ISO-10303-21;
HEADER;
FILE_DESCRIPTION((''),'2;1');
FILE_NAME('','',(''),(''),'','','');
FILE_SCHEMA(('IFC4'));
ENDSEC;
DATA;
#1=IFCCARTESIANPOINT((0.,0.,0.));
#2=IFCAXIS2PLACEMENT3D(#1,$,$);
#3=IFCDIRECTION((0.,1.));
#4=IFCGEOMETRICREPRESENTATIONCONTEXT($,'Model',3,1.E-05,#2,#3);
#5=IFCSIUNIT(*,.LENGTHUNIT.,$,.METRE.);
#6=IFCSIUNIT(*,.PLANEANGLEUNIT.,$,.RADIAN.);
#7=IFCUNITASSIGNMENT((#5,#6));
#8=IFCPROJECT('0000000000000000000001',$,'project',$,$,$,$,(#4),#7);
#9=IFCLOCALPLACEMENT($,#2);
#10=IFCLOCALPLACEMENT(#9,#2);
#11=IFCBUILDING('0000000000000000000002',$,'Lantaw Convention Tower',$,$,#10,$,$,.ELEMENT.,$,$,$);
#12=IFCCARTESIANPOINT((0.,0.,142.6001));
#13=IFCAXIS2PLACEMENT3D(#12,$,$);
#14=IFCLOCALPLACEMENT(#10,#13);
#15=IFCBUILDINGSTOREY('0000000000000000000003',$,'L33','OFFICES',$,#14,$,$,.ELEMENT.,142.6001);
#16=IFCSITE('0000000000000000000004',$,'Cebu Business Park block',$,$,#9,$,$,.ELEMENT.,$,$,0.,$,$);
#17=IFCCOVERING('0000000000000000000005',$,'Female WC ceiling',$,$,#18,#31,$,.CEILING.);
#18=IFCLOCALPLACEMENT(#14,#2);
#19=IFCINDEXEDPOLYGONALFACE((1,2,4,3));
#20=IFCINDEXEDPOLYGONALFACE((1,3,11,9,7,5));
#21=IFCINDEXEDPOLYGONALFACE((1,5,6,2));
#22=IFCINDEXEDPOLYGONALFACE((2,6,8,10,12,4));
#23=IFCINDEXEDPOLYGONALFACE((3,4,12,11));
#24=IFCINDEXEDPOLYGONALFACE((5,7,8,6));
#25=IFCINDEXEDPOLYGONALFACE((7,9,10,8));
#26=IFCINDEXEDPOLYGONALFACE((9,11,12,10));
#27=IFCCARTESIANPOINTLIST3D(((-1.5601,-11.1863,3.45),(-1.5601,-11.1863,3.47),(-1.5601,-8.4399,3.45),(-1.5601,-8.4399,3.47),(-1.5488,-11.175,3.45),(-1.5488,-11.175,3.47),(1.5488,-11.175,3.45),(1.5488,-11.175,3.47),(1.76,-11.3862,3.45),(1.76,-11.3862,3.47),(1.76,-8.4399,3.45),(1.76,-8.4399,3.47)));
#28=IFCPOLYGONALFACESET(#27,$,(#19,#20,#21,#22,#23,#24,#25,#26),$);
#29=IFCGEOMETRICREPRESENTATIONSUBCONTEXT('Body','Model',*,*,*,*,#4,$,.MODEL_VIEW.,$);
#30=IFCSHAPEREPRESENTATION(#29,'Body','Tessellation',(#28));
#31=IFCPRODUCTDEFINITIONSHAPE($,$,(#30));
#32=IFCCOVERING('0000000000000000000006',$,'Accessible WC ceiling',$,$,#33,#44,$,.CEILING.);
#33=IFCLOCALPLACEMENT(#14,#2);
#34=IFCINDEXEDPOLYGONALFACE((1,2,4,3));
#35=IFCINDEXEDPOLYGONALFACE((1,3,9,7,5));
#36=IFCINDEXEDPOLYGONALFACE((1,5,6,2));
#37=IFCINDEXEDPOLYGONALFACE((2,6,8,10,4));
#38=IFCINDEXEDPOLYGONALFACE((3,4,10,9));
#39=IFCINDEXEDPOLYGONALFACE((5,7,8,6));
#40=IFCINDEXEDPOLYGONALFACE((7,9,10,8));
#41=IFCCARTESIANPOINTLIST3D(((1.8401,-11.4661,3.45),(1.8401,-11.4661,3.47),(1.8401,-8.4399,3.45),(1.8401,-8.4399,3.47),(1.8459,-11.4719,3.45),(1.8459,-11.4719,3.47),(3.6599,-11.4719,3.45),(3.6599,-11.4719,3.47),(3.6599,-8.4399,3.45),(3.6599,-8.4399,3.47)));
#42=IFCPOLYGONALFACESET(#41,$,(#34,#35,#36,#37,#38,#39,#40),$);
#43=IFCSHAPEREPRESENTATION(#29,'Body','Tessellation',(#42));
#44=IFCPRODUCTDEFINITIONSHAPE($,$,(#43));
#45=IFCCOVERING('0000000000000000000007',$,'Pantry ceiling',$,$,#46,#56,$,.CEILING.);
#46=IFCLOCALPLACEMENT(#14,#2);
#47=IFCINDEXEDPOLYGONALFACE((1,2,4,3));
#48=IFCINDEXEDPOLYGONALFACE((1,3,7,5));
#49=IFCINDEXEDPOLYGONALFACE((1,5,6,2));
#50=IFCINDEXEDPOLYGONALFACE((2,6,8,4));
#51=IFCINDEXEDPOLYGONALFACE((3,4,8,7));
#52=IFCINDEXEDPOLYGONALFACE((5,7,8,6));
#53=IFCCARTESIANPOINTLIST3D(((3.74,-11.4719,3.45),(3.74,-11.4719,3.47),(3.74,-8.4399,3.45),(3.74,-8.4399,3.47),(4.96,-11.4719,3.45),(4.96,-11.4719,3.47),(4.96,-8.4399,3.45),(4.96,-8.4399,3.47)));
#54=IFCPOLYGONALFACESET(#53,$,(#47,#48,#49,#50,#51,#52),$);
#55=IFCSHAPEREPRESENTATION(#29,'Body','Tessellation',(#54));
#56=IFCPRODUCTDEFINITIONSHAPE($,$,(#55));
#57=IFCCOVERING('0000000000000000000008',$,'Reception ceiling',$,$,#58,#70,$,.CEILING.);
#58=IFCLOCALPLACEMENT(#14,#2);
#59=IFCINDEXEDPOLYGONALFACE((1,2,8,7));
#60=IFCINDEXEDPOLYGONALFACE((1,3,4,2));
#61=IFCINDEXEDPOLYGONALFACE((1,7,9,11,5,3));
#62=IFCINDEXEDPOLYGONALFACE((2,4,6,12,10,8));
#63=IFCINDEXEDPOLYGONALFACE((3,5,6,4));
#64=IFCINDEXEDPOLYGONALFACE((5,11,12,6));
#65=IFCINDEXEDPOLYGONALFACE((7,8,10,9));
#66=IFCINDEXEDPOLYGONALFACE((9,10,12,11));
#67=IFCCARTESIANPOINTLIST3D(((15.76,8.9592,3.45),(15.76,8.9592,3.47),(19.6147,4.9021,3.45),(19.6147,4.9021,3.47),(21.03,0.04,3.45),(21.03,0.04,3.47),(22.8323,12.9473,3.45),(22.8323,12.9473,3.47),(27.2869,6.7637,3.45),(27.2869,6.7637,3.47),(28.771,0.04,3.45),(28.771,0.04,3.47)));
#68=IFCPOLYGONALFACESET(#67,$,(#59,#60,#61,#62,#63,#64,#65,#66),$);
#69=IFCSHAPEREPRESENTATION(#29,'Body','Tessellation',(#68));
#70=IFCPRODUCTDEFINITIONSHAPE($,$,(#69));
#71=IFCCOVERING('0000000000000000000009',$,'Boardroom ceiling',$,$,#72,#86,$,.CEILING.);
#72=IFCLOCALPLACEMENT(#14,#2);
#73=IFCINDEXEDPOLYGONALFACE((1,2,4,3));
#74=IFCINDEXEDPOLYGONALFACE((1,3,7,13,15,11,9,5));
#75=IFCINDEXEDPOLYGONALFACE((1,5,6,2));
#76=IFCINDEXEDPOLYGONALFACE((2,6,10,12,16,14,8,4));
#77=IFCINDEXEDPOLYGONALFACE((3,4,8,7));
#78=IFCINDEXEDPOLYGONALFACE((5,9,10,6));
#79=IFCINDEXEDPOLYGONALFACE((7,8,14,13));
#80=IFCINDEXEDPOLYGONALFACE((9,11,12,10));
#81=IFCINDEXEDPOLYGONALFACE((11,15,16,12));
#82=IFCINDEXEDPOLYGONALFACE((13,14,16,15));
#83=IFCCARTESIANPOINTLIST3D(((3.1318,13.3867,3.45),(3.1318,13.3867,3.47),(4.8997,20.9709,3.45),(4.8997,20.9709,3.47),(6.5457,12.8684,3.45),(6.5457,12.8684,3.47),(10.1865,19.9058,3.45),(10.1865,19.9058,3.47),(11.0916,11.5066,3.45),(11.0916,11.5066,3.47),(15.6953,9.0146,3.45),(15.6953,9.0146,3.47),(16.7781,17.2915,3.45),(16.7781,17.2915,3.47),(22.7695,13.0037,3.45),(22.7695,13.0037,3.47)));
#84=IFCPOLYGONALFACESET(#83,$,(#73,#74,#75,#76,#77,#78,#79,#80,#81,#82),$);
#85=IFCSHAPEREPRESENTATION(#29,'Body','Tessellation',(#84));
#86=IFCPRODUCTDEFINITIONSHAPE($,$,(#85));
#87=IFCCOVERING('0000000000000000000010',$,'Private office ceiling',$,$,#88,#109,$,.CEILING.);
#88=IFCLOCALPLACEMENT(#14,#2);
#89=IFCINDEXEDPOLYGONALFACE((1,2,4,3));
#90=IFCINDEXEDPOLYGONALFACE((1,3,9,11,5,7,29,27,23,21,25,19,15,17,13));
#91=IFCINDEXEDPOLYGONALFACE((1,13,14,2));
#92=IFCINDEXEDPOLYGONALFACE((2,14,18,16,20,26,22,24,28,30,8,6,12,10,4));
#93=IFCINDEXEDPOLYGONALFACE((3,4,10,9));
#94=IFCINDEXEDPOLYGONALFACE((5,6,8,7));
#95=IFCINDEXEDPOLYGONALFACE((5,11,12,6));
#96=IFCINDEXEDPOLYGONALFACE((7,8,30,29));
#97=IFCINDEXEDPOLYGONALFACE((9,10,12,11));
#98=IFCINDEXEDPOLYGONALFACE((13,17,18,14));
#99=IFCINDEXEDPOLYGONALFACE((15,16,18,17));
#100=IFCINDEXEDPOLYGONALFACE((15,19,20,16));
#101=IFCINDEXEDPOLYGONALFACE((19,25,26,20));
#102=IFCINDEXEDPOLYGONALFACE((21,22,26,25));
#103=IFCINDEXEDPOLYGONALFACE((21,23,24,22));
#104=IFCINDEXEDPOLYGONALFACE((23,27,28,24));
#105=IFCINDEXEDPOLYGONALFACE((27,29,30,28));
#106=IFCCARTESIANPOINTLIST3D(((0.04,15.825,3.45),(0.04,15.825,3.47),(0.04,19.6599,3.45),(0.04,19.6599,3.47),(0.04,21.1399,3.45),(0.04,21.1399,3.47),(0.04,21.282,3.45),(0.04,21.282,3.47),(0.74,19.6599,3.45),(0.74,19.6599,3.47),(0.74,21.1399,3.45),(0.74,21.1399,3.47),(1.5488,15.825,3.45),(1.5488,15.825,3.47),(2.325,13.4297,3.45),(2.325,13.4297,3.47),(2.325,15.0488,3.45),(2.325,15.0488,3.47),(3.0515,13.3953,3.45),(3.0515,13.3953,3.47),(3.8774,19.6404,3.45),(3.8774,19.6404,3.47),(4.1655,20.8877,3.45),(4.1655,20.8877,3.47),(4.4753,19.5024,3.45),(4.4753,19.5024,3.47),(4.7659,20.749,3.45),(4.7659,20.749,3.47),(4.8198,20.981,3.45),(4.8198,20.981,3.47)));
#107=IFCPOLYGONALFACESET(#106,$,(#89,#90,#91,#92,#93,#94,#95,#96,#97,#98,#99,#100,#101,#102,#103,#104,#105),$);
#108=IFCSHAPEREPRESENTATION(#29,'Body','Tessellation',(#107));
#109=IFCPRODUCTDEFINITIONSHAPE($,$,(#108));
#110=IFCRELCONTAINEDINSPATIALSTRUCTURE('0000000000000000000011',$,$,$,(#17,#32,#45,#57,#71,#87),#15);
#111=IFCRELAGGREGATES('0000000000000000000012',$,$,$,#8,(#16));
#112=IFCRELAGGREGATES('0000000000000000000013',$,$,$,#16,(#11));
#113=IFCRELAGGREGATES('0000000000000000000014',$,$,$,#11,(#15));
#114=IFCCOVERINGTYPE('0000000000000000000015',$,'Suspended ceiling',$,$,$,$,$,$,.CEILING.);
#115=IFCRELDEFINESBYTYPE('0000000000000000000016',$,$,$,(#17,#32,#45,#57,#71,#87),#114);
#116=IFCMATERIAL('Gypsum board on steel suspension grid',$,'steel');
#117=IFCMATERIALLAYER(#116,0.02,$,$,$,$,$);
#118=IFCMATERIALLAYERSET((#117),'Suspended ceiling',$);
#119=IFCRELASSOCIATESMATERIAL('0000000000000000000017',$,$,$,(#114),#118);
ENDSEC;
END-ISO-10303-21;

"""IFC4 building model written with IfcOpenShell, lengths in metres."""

from ifc_helpers import new_model, si_unit, direction, frame, origin, place, context, subcontext, project, spatial, polyline, outline, extrude, material, layer, layer_set, type_object, element, save


model = new_model("IFC4")

# Units and contexts
model_context = context("Model", 3, precision=1e-05, world=origin(), true_north=direction((0.0, 1.0)))
body_context = subcontext(model_context, "Body", "Model", "MODEL_VIEW")
ifc_project = project(units=[si_unit("LENGTHUNIT", "METRE"), si_unit("PLANEANGLEUNIT", "RADIAN")], contexts=[model_context])

# Site, building, storey
site_placement = place(None, origin())
site = spatial("IfcSite", under=ifc_project, at=site_placement, Name="Cebu Business Park block", CompositionType="ELEMENT", RefElevation=0.0)
building_placement = place(site_placement, origin())
building = spatial("IfcBuilding", under=site, at=building_placement, Name="Lantaw Convention Tower", CompositionType="ELEMENT")
storey_placement = place(building_placement, frame((0.0, 0.0, 142.6001)))
storey = spatial("IfcBuildingStorey", under=building, at=storey_placement, Name="L33", Description="OFFICES", CompositionType="ELEMENT", Elevation=142.6001)

# Coverings
ifc_material_1 = material(Name="Gypsum board on steel suspension grid", Category="steel")
ifc_layer_1 = layer(ifc_material_1, 0.02)
ifc_layer_set_1 = layer_set([ifc_layer_1], Name="Suspended ceiling")
covering_type = type_object("IfcCoveringType", Name="Suspended ceiling", PredefinedType="CEILING", material=ifc_layer_set_1)
covering_1_placement = place(storey_placement, frame((0.0, 0.0, 3.45)))
element("IfcCovering", 1, at=covering_1_placement, inside=storey, type_object=covering_type, Name="Female WC ceiling", PredefinedType="CEILING", context=body_context, shape_type="SweptSolid", body=[
    extrude(outline(polyline([(-1.5601, -11.1863), (-1.5488, -11.175), (1.5488, -11.175), (1.76, -11.3862), (1.76, -8.4399), (-1.5601, -8.4399), (-1.5601, -11.1863)])), origin(), (0.0, 0.0, 1.0), 0.02),
])
covering_2_placement = place(storey_placement, frame((0.0, 0.0, 3.45)))
element("IfcCovering", 2, at=covering_2_placement, inside=storey, type_object=covering_type, Name="Accessible WC ceiling", PredefinedType="CEILING", context=body_context, shape_type="SweptSolid", body=[
    extrude(outline(polyline([(1.8401, -8.4399), (1.8401, -11.4661), (1.8459, -11.4719), (3.6599, -11.4719), (3.6599, -8.4399), (1.8401, -8.4399)])), origin(), (0.0, 0.0, 1.0), 0.02),
])
covering_3_placement = place(storey_placement, frame((0.0, 0.0, 3.45)))
element("IfcCovering", 3, at=covering_3_placement, inside=storey, type_object=covering_type, Name="Pantry ceiling", PredefinedType="CEILING", context=body_context, shape_type="SweptSolid", body=[
    extrude(outline(polyline([(3.74, -11.4719), (4.96, -11.4719), (4.96, -8.4399), (3.74, -8.4399), (3.74, -11.4719)])), origin(), (0.0, 0.0, 1.0), 0.02),
])
covering_4_placement = place(storey_placement, frame((0.0, 0.0, 3.45)))
element("IfcCovering", 4, at=covering_4_placement, inside=storey, type_object=covering_type, Name="Reception ceiling", PredefinedType="CEILING", context=body_context, shape_type="SweptSolid", body=[
    extrude(outline(polyline([(21.03, 0.04), (28.771, 0.04), (27.2869, 6.7637), (22.8323, 12.9473), (15.76, 8.9592), (19.6147, 4.9021), (21.03, 0.04)])), origin(), (0.0, 0.0, 1.0), 0.02),
])
covering_5_placement = place(storey_placement, frame((0.0, 0.0, 3.45)))
element("IfcCovering", 5, at=covering_5_placement, inside=storey, type_object=covering_type, Name="Boardroom ceiling", PredefinedType="CEILING", context=body_context, shape_type="SweptSolid", body=[
    extrude(outline(polyline([(15.6953, 9.0146), (22.7695, 13.0037), (16.7781, 17.2915), (10.1865, 19.9058), (4.8997, 20.9709), (3.1318, 13.3867), (6.5457, 12.8684), (11.0916, 11.5066), (15.6953, 9.0146)])), origin(), (0.0, 0.0, 1.0), 0.02),
])
covering_6_placement = place(storey_placement, frame((0.0, 0.0, 3.45)))
element("IfcCovering", 6, at=covering_6_placement, inside=storey, type_object=covering_type, Name="Private office ceiling", PredefinedType="CEILING", context=body_context, shape_type="SweptSolid", body=[
    extrude(outline(polyline([(2.325, 15.0488), (2.325, 13.4297), (3.0515, 13.3953), (4.4753, 19.5024), (3.8774, 19.6404), (4.1655, 20.8877), (4.7659, 20.749), (4.8198, 20.981), (0.04, 21.282), (0.04, 21.1399), (0.74, 21.1399), (0.74, 19.6599), (0.04, 19.6599), (0.04, 15.825), (1.5488, 15.825), (2.325, 15.0488)])), origin(), (0.0, 0.0, 1.0), 0.02),
])

save(model, "model.ifc")
